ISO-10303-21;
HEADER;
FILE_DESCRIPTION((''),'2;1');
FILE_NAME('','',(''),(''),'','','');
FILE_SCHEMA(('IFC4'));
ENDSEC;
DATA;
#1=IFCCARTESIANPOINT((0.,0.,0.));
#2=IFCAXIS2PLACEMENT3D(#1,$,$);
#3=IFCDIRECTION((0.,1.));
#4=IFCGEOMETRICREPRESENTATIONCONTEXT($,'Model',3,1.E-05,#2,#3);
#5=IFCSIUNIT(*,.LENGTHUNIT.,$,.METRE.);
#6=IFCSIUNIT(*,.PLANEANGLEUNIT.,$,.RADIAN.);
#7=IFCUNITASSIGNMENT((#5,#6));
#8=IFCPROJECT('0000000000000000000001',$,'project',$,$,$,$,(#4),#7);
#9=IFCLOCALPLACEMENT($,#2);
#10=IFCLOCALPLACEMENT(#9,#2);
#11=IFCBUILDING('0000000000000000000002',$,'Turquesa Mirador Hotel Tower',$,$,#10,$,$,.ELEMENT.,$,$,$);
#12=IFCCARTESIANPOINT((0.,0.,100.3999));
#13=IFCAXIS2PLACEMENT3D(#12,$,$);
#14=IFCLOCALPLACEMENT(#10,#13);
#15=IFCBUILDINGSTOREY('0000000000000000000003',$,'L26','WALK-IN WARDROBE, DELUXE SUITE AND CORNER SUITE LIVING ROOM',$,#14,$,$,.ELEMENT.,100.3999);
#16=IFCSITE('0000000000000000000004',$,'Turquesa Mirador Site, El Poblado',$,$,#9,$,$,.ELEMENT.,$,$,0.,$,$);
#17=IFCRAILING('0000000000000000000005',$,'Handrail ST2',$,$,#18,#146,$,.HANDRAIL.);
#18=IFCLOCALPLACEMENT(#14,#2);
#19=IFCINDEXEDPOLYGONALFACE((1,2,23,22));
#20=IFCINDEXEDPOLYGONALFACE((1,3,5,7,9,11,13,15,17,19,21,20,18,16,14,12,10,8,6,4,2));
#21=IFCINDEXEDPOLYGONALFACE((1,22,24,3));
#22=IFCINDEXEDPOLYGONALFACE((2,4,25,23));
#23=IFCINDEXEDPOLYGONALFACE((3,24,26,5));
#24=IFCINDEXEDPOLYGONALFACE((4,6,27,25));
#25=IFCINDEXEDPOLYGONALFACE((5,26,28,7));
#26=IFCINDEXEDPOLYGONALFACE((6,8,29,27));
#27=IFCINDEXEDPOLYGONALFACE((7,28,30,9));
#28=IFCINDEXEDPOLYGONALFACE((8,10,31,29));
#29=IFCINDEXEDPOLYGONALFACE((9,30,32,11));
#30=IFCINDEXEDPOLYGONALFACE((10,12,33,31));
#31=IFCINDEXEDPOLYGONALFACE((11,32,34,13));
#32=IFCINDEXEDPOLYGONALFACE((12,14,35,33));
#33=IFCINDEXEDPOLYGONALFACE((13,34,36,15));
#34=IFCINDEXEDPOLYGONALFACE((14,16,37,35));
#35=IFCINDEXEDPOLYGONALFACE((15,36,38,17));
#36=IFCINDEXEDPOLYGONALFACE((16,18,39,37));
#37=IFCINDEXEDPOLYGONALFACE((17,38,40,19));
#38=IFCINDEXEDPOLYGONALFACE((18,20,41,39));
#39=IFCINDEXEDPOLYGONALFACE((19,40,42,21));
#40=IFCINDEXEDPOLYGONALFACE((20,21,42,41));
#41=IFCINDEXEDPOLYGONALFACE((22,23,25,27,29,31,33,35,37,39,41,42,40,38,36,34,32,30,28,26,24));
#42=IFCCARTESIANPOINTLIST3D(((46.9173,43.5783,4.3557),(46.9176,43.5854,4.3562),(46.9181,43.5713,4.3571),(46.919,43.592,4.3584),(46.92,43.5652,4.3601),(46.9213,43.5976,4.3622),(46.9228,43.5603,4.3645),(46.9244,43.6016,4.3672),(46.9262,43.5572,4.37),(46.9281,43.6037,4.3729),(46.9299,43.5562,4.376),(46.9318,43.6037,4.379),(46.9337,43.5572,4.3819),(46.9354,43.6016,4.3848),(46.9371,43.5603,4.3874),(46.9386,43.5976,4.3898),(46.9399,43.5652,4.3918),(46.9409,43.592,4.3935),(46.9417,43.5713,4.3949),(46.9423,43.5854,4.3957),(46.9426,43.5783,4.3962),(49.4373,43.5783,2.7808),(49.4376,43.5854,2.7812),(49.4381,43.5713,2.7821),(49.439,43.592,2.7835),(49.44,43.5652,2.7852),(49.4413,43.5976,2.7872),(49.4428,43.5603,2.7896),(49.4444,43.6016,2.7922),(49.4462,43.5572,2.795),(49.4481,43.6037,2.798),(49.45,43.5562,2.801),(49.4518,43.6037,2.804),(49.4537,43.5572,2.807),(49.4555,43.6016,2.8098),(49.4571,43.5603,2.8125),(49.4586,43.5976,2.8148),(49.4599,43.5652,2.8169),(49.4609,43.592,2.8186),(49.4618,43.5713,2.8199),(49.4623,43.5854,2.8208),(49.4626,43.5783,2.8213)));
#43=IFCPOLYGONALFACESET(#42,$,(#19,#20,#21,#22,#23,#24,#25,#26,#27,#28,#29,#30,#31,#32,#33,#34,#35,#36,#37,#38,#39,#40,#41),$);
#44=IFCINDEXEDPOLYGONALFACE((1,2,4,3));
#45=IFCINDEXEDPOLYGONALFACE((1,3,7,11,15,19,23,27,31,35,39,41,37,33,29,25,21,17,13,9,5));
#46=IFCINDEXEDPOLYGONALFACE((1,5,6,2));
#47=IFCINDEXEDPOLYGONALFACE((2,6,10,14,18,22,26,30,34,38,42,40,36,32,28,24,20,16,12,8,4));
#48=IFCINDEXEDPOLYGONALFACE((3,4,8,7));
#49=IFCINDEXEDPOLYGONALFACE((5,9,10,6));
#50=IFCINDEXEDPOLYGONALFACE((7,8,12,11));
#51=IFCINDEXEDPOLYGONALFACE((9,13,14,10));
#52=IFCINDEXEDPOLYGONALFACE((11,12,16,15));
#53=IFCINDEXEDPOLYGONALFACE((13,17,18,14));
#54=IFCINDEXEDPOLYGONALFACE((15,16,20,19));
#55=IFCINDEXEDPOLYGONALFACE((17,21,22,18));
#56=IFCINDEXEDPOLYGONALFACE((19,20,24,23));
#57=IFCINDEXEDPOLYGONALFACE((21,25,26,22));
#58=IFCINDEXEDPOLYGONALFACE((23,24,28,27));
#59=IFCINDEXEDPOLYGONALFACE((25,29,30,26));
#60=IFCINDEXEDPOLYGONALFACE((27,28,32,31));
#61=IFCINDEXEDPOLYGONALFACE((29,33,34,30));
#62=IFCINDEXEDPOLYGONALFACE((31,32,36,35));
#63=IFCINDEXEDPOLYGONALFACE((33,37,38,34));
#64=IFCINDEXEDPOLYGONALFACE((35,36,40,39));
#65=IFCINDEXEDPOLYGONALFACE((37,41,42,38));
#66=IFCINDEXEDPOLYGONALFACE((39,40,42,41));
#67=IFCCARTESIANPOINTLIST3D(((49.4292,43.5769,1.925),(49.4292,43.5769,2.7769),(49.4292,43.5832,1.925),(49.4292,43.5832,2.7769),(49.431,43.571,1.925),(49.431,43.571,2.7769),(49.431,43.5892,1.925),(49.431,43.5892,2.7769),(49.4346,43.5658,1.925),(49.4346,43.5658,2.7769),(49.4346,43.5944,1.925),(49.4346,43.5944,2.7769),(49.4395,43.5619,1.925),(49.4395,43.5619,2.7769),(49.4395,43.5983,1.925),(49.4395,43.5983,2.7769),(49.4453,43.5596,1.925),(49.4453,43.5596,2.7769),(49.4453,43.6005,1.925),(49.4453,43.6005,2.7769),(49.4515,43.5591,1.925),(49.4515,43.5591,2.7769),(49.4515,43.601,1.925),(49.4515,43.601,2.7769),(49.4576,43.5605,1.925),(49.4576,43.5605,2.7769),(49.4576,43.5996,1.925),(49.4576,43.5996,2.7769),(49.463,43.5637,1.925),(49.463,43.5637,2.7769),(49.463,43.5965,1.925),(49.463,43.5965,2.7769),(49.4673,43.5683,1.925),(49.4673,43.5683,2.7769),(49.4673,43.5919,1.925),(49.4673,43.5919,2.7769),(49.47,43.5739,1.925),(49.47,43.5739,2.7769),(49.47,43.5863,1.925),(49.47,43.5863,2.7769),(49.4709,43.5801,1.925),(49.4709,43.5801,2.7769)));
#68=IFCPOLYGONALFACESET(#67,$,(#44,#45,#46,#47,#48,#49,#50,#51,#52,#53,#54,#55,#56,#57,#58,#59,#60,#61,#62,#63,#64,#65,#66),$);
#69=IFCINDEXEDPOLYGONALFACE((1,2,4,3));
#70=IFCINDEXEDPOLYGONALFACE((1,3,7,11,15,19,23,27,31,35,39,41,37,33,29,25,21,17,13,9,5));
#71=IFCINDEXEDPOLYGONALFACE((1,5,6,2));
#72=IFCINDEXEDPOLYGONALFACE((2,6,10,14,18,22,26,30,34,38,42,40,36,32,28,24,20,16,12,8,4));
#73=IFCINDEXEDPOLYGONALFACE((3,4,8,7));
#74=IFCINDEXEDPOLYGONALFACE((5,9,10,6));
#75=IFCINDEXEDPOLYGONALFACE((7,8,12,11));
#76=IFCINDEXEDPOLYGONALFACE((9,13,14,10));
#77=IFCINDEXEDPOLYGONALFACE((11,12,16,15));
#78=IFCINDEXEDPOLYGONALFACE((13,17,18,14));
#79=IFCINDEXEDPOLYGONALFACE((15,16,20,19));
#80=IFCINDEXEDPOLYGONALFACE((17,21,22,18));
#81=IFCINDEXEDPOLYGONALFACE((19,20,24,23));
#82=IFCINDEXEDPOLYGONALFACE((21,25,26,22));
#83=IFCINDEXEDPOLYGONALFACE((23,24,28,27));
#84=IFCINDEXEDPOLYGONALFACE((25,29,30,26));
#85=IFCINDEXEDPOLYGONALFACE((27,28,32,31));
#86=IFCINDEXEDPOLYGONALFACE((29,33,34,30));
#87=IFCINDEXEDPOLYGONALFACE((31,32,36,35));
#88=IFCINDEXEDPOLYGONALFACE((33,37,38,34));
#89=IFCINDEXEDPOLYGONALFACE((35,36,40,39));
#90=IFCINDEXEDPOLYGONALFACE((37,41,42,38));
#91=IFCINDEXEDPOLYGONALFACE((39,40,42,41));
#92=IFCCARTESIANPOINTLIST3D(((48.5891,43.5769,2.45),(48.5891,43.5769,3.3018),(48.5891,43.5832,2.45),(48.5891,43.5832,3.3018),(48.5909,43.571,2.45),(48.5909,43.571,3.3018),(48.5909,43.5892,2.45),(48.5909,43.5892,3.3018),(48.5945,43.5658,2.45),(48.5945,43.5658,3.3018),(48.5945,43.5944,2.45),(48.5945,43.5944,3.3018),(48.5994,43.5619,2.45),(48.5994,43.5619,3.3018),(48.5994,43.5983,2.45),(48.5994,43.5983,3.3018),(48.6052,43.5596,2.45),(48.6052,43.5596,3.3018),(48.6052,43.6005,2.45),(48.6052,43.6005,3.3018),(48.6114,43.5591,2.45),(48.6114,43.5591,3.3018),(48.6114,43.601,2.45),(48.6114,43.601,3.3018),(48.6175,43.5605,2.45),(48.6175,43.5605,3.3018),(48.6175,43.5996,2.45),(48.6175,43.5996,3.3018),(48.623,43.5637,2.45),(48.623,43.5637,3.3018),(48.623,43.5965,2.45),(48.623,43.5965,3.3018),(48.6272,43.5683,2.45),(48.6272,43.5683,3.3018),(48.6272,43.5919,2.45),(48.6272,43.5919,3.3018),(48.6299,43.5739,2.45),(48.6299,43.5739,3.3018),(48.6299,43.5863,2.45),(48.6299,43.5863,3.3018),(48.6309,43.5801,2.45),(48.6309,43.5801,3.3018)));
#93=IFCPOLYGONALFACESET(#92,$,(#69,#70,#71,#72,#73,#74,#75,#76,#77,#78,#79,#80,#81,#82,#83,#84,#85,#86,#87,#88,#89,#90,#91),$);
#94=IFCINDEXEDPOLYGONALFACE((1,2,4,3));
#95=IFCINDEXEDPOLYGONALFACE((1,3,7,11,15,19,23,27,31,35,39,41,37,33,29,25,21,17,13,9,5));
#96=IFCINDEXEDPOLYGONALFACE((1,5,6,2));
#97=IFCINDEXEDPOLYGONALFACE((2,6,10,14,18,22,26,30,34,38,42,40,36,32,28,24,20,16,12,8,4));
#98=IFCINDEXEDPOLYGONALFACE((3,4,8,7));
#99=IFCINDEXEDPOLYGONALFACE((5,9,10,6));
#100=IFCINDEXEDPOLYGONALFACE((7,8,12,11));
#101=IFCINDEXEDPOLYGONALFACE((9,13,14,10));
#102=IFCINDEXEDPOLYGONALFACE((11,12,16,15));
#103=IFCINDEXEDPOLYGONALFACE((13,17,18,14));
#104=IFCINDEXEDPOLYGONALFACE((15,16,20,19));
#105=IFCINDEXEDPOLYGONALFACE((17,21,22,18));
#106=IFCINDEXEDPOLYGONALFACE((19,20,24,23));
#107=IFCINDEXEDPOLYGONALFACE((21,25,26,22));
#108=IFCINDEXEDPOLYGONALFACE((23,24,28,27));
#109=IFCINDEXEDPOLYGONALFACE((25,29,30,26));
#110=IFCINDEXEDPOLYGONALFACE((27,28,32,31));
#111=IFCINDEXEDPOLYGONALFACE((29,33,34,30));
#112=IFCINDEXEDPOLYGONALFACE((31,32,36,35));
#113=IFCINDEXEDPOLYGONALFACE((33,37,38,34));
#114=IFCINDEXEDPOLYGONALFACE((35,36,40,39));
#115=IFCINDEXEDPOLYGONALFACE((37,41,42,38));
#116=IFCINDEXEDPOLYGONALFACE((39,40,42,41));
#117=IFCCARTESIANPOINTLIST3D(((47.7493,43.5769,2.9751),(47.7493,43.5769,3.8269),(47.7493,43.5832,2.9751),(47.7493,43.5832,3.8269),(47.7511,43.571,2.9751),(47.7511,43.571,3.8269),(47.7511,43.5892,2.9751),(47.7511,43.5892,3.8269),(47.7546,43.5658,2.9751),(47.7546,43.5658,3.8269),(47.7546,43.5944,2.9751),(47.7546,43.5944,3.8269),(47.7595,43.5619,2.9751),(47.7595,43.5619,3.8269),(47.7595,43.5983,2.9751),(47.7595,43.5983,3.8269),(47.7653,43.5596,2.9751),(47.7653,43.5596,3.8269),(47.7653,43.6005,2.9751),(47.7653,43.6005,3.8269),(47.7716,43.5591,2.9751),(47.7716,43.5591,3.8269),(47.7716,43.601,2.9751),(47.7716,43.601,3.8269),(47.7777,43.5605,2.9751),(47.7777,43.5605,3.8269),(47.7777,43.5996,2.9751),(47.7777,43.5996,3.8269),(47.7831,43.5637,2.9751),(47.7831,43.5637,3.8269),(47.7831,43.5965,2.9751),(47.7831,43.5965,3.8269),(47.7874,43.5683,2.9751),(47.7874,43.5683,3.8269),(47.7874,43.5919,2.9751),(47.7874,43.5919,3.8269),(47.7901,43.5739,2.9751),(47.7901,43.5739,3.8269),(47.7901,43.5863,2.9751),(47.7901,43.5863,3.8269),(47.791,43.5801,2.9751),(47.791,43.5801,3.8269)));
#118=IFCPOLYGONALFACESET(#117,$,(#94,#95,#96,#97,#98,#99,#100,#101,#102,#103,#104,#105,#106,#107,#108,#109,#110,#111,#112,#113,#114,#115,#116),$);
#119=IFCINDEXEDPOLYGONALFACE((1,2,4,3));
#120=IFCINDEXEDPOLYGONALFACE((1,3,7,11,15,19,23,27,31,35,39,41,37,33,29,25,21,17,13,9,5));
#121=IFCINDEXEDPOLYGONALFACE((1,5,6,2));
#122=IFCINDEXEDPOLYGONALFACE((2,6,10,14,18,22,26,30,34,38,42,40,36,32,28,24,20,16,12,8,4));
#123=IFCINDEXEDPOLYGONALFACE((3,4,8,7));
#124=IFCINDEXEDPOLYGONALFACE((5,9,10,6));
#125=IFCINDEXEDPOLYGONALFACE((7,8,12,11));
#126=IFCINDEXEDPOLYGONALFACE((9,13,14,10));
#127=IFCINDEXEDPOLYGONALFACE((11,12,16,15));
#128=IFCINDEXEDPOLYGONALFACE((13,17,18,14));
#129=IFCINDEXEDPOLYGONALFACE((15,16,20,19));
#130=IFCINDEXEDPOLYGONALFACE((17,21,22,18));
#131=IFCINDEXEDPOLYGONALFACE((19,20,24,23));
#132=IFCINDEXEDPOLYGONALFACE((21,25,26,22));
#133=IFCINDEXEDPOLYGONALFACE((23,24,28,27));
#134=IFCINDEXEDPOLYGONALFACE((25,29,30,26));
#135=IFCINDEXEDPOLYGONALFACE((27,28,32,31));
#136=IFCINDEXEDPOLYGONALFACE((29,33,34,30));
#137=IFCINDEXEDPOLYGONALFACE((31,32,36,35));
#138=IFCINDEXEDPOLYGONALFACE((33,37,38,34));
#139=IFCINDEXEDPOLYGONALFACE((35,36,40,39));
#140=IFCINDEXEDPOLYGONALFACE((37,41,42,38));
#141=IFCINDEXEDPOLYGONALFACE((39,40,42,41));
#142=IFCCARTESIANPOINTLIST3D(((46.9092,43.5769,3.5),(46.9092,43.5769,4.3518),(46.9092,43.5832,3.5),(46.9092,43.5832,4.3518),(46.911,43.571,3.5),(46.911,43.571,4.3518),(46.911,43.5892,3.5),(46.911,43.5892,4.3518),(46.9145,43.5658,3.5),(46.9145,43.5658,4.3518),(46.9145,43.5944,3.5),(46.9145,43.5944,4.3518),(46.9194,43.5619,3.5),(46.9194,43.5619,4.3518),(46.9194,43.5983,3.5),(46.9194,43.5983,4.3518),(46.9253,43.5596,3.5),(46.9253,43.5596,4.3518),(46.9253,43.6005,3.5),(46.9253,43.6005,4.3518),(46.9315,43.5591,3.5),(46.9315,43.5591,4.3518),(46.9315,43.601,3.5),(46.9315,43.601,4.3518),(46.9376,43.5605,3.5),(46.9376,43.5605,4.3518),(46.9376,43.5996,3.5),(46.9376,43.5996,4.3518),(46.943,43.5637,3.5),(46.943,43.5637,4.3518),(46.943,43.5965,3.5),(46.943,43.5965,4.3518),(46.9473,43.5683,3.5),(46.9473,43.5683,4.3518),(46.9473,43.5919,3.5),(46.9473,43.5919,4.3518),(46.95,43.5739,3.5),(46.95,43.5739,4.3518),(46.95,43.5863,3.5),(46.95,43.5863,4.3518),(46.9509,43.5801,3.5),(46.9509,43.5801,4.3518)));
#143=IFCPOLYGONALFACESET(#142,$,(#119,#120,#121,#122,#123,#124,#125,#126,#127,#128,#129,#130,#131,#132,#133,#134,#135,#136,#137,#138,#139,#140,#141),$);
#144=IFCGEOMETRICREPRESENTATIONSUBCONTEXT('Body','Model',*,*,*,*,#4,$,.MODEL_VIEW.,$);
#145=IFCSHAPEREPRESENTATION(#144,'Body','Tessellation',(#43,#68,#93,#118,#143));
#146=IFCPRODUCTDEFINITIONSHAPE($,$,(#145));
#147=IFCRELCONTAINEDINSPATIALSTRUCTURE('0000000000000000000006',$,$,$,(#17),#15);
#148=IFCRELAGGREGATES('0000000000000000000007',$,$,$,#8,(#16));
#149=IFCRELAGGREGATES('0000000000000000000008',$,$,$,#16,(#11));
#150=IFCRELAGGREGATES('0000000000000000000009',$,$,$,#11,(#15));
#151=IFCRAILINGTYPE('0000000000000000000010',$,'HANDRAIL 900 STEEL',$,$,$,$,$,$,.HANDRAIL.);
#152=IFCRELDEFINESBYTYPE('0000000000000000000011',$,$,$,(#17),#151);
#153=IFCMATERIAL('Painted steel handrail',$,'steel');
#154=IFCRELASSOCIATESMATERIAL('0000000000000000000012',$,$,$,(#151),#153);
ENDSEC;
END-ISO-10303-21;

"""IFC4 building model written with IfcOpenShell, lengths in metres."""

from ifc_helpers import new_model, si_unit, direction, frame, origin, origin_2d, place, context, subcontext, project, spatial, circle, extrude, material, type_object, element, save


model = new_model("IFC4")

# Units and contexts
model_context = context("Model", 3, precision=1e-05, world=origin(), true_north=direction((0.0, 1.0)))
body_context = subcontext(model_context, "Body", "Model", "MODEL_VIEW")
ifc_project = project(units=[si_unit("LENGTHUNIT", "METRE"), si_unit("PLANEANGLEUNIT", "RADIAN")], contexts=[model_context])

# Site, building, storey
site_placement = place(None, origin())
site = spatial("IfcSite", under=ifc_project, at=site_placement, Name="Turquesa Mirador Site, El Poblado", CompositionType="ELEMENT", RefElevation=0.0)
building_placement = place(site_placement, origin())
building = spatial("IfcBuilding", under=site, at=building_placement, Name="Turquesa Mirador Hotel Tower", CompositionType="ELEMENT")
storey_placement = place(building_placement, frame((0.0, 0.0, 100.3999)))
storey = spatial("IfcBuildingStorey", under=building, at=storey_placement, Name="L26", Description="WALK-IN WARDROBE, DELUXE SUITE AND CORNER SUITE LIVING ROOM", CompositionType="ELEMENT", Elevation=100.3999)

# Railing
ifc_material_1 = material(Name="Painted steel handrail", Category="steel")
railing_type = type_object("IfcRailingType", Name="HANDRAIL 900 STEEL", PredefinedType="HANDRAIL", material=ifc_material_1)
railing_1_placement = place(storey_placement, frame((49.45, 43.5801, 1.925)))
element("IfcRailing", 1, at=railing_1_placement, inside=storey, type_object=railing_type, Name="Handrail ST2", PredefinedType="HANDRAIL", context=body_context, shape_type="SweptSolid", body=[
    extrude(circle(Radius=0.0239, at=origin_2d()), frame((0.0, 0.0, 0.876), z_axis=(-0.848008, 0.0, 0.529984), x_axis=(0.0, -1.0, 0.0)), (0.0, 0.0, 1.0), 2.9717),
    extrude(circle(Radius=0.021, at=origin_2d()), origin(), (0.0, 0.0, 1.0), 0.8518),
    extrude(circle(Radius=0.021, at=origin_2d()), frame((-0.8401, 0.0, 0.5249)), (0.0, 0.0, 1.0), 0.8518),
    extrude(circle(Radius=0.021, at=origin_2d()), frame((-1.6799, 0.0, 1.05)), (0.0, 0.0, 1.0), 0.8518),
    extrude(circle(Radius=0.021, at=origin_2d()), frame((-2.52, 0.0, 1.575)), (0.0, 0.0, 1.0), 0.8518),
])

save(model, "model.ifc")
